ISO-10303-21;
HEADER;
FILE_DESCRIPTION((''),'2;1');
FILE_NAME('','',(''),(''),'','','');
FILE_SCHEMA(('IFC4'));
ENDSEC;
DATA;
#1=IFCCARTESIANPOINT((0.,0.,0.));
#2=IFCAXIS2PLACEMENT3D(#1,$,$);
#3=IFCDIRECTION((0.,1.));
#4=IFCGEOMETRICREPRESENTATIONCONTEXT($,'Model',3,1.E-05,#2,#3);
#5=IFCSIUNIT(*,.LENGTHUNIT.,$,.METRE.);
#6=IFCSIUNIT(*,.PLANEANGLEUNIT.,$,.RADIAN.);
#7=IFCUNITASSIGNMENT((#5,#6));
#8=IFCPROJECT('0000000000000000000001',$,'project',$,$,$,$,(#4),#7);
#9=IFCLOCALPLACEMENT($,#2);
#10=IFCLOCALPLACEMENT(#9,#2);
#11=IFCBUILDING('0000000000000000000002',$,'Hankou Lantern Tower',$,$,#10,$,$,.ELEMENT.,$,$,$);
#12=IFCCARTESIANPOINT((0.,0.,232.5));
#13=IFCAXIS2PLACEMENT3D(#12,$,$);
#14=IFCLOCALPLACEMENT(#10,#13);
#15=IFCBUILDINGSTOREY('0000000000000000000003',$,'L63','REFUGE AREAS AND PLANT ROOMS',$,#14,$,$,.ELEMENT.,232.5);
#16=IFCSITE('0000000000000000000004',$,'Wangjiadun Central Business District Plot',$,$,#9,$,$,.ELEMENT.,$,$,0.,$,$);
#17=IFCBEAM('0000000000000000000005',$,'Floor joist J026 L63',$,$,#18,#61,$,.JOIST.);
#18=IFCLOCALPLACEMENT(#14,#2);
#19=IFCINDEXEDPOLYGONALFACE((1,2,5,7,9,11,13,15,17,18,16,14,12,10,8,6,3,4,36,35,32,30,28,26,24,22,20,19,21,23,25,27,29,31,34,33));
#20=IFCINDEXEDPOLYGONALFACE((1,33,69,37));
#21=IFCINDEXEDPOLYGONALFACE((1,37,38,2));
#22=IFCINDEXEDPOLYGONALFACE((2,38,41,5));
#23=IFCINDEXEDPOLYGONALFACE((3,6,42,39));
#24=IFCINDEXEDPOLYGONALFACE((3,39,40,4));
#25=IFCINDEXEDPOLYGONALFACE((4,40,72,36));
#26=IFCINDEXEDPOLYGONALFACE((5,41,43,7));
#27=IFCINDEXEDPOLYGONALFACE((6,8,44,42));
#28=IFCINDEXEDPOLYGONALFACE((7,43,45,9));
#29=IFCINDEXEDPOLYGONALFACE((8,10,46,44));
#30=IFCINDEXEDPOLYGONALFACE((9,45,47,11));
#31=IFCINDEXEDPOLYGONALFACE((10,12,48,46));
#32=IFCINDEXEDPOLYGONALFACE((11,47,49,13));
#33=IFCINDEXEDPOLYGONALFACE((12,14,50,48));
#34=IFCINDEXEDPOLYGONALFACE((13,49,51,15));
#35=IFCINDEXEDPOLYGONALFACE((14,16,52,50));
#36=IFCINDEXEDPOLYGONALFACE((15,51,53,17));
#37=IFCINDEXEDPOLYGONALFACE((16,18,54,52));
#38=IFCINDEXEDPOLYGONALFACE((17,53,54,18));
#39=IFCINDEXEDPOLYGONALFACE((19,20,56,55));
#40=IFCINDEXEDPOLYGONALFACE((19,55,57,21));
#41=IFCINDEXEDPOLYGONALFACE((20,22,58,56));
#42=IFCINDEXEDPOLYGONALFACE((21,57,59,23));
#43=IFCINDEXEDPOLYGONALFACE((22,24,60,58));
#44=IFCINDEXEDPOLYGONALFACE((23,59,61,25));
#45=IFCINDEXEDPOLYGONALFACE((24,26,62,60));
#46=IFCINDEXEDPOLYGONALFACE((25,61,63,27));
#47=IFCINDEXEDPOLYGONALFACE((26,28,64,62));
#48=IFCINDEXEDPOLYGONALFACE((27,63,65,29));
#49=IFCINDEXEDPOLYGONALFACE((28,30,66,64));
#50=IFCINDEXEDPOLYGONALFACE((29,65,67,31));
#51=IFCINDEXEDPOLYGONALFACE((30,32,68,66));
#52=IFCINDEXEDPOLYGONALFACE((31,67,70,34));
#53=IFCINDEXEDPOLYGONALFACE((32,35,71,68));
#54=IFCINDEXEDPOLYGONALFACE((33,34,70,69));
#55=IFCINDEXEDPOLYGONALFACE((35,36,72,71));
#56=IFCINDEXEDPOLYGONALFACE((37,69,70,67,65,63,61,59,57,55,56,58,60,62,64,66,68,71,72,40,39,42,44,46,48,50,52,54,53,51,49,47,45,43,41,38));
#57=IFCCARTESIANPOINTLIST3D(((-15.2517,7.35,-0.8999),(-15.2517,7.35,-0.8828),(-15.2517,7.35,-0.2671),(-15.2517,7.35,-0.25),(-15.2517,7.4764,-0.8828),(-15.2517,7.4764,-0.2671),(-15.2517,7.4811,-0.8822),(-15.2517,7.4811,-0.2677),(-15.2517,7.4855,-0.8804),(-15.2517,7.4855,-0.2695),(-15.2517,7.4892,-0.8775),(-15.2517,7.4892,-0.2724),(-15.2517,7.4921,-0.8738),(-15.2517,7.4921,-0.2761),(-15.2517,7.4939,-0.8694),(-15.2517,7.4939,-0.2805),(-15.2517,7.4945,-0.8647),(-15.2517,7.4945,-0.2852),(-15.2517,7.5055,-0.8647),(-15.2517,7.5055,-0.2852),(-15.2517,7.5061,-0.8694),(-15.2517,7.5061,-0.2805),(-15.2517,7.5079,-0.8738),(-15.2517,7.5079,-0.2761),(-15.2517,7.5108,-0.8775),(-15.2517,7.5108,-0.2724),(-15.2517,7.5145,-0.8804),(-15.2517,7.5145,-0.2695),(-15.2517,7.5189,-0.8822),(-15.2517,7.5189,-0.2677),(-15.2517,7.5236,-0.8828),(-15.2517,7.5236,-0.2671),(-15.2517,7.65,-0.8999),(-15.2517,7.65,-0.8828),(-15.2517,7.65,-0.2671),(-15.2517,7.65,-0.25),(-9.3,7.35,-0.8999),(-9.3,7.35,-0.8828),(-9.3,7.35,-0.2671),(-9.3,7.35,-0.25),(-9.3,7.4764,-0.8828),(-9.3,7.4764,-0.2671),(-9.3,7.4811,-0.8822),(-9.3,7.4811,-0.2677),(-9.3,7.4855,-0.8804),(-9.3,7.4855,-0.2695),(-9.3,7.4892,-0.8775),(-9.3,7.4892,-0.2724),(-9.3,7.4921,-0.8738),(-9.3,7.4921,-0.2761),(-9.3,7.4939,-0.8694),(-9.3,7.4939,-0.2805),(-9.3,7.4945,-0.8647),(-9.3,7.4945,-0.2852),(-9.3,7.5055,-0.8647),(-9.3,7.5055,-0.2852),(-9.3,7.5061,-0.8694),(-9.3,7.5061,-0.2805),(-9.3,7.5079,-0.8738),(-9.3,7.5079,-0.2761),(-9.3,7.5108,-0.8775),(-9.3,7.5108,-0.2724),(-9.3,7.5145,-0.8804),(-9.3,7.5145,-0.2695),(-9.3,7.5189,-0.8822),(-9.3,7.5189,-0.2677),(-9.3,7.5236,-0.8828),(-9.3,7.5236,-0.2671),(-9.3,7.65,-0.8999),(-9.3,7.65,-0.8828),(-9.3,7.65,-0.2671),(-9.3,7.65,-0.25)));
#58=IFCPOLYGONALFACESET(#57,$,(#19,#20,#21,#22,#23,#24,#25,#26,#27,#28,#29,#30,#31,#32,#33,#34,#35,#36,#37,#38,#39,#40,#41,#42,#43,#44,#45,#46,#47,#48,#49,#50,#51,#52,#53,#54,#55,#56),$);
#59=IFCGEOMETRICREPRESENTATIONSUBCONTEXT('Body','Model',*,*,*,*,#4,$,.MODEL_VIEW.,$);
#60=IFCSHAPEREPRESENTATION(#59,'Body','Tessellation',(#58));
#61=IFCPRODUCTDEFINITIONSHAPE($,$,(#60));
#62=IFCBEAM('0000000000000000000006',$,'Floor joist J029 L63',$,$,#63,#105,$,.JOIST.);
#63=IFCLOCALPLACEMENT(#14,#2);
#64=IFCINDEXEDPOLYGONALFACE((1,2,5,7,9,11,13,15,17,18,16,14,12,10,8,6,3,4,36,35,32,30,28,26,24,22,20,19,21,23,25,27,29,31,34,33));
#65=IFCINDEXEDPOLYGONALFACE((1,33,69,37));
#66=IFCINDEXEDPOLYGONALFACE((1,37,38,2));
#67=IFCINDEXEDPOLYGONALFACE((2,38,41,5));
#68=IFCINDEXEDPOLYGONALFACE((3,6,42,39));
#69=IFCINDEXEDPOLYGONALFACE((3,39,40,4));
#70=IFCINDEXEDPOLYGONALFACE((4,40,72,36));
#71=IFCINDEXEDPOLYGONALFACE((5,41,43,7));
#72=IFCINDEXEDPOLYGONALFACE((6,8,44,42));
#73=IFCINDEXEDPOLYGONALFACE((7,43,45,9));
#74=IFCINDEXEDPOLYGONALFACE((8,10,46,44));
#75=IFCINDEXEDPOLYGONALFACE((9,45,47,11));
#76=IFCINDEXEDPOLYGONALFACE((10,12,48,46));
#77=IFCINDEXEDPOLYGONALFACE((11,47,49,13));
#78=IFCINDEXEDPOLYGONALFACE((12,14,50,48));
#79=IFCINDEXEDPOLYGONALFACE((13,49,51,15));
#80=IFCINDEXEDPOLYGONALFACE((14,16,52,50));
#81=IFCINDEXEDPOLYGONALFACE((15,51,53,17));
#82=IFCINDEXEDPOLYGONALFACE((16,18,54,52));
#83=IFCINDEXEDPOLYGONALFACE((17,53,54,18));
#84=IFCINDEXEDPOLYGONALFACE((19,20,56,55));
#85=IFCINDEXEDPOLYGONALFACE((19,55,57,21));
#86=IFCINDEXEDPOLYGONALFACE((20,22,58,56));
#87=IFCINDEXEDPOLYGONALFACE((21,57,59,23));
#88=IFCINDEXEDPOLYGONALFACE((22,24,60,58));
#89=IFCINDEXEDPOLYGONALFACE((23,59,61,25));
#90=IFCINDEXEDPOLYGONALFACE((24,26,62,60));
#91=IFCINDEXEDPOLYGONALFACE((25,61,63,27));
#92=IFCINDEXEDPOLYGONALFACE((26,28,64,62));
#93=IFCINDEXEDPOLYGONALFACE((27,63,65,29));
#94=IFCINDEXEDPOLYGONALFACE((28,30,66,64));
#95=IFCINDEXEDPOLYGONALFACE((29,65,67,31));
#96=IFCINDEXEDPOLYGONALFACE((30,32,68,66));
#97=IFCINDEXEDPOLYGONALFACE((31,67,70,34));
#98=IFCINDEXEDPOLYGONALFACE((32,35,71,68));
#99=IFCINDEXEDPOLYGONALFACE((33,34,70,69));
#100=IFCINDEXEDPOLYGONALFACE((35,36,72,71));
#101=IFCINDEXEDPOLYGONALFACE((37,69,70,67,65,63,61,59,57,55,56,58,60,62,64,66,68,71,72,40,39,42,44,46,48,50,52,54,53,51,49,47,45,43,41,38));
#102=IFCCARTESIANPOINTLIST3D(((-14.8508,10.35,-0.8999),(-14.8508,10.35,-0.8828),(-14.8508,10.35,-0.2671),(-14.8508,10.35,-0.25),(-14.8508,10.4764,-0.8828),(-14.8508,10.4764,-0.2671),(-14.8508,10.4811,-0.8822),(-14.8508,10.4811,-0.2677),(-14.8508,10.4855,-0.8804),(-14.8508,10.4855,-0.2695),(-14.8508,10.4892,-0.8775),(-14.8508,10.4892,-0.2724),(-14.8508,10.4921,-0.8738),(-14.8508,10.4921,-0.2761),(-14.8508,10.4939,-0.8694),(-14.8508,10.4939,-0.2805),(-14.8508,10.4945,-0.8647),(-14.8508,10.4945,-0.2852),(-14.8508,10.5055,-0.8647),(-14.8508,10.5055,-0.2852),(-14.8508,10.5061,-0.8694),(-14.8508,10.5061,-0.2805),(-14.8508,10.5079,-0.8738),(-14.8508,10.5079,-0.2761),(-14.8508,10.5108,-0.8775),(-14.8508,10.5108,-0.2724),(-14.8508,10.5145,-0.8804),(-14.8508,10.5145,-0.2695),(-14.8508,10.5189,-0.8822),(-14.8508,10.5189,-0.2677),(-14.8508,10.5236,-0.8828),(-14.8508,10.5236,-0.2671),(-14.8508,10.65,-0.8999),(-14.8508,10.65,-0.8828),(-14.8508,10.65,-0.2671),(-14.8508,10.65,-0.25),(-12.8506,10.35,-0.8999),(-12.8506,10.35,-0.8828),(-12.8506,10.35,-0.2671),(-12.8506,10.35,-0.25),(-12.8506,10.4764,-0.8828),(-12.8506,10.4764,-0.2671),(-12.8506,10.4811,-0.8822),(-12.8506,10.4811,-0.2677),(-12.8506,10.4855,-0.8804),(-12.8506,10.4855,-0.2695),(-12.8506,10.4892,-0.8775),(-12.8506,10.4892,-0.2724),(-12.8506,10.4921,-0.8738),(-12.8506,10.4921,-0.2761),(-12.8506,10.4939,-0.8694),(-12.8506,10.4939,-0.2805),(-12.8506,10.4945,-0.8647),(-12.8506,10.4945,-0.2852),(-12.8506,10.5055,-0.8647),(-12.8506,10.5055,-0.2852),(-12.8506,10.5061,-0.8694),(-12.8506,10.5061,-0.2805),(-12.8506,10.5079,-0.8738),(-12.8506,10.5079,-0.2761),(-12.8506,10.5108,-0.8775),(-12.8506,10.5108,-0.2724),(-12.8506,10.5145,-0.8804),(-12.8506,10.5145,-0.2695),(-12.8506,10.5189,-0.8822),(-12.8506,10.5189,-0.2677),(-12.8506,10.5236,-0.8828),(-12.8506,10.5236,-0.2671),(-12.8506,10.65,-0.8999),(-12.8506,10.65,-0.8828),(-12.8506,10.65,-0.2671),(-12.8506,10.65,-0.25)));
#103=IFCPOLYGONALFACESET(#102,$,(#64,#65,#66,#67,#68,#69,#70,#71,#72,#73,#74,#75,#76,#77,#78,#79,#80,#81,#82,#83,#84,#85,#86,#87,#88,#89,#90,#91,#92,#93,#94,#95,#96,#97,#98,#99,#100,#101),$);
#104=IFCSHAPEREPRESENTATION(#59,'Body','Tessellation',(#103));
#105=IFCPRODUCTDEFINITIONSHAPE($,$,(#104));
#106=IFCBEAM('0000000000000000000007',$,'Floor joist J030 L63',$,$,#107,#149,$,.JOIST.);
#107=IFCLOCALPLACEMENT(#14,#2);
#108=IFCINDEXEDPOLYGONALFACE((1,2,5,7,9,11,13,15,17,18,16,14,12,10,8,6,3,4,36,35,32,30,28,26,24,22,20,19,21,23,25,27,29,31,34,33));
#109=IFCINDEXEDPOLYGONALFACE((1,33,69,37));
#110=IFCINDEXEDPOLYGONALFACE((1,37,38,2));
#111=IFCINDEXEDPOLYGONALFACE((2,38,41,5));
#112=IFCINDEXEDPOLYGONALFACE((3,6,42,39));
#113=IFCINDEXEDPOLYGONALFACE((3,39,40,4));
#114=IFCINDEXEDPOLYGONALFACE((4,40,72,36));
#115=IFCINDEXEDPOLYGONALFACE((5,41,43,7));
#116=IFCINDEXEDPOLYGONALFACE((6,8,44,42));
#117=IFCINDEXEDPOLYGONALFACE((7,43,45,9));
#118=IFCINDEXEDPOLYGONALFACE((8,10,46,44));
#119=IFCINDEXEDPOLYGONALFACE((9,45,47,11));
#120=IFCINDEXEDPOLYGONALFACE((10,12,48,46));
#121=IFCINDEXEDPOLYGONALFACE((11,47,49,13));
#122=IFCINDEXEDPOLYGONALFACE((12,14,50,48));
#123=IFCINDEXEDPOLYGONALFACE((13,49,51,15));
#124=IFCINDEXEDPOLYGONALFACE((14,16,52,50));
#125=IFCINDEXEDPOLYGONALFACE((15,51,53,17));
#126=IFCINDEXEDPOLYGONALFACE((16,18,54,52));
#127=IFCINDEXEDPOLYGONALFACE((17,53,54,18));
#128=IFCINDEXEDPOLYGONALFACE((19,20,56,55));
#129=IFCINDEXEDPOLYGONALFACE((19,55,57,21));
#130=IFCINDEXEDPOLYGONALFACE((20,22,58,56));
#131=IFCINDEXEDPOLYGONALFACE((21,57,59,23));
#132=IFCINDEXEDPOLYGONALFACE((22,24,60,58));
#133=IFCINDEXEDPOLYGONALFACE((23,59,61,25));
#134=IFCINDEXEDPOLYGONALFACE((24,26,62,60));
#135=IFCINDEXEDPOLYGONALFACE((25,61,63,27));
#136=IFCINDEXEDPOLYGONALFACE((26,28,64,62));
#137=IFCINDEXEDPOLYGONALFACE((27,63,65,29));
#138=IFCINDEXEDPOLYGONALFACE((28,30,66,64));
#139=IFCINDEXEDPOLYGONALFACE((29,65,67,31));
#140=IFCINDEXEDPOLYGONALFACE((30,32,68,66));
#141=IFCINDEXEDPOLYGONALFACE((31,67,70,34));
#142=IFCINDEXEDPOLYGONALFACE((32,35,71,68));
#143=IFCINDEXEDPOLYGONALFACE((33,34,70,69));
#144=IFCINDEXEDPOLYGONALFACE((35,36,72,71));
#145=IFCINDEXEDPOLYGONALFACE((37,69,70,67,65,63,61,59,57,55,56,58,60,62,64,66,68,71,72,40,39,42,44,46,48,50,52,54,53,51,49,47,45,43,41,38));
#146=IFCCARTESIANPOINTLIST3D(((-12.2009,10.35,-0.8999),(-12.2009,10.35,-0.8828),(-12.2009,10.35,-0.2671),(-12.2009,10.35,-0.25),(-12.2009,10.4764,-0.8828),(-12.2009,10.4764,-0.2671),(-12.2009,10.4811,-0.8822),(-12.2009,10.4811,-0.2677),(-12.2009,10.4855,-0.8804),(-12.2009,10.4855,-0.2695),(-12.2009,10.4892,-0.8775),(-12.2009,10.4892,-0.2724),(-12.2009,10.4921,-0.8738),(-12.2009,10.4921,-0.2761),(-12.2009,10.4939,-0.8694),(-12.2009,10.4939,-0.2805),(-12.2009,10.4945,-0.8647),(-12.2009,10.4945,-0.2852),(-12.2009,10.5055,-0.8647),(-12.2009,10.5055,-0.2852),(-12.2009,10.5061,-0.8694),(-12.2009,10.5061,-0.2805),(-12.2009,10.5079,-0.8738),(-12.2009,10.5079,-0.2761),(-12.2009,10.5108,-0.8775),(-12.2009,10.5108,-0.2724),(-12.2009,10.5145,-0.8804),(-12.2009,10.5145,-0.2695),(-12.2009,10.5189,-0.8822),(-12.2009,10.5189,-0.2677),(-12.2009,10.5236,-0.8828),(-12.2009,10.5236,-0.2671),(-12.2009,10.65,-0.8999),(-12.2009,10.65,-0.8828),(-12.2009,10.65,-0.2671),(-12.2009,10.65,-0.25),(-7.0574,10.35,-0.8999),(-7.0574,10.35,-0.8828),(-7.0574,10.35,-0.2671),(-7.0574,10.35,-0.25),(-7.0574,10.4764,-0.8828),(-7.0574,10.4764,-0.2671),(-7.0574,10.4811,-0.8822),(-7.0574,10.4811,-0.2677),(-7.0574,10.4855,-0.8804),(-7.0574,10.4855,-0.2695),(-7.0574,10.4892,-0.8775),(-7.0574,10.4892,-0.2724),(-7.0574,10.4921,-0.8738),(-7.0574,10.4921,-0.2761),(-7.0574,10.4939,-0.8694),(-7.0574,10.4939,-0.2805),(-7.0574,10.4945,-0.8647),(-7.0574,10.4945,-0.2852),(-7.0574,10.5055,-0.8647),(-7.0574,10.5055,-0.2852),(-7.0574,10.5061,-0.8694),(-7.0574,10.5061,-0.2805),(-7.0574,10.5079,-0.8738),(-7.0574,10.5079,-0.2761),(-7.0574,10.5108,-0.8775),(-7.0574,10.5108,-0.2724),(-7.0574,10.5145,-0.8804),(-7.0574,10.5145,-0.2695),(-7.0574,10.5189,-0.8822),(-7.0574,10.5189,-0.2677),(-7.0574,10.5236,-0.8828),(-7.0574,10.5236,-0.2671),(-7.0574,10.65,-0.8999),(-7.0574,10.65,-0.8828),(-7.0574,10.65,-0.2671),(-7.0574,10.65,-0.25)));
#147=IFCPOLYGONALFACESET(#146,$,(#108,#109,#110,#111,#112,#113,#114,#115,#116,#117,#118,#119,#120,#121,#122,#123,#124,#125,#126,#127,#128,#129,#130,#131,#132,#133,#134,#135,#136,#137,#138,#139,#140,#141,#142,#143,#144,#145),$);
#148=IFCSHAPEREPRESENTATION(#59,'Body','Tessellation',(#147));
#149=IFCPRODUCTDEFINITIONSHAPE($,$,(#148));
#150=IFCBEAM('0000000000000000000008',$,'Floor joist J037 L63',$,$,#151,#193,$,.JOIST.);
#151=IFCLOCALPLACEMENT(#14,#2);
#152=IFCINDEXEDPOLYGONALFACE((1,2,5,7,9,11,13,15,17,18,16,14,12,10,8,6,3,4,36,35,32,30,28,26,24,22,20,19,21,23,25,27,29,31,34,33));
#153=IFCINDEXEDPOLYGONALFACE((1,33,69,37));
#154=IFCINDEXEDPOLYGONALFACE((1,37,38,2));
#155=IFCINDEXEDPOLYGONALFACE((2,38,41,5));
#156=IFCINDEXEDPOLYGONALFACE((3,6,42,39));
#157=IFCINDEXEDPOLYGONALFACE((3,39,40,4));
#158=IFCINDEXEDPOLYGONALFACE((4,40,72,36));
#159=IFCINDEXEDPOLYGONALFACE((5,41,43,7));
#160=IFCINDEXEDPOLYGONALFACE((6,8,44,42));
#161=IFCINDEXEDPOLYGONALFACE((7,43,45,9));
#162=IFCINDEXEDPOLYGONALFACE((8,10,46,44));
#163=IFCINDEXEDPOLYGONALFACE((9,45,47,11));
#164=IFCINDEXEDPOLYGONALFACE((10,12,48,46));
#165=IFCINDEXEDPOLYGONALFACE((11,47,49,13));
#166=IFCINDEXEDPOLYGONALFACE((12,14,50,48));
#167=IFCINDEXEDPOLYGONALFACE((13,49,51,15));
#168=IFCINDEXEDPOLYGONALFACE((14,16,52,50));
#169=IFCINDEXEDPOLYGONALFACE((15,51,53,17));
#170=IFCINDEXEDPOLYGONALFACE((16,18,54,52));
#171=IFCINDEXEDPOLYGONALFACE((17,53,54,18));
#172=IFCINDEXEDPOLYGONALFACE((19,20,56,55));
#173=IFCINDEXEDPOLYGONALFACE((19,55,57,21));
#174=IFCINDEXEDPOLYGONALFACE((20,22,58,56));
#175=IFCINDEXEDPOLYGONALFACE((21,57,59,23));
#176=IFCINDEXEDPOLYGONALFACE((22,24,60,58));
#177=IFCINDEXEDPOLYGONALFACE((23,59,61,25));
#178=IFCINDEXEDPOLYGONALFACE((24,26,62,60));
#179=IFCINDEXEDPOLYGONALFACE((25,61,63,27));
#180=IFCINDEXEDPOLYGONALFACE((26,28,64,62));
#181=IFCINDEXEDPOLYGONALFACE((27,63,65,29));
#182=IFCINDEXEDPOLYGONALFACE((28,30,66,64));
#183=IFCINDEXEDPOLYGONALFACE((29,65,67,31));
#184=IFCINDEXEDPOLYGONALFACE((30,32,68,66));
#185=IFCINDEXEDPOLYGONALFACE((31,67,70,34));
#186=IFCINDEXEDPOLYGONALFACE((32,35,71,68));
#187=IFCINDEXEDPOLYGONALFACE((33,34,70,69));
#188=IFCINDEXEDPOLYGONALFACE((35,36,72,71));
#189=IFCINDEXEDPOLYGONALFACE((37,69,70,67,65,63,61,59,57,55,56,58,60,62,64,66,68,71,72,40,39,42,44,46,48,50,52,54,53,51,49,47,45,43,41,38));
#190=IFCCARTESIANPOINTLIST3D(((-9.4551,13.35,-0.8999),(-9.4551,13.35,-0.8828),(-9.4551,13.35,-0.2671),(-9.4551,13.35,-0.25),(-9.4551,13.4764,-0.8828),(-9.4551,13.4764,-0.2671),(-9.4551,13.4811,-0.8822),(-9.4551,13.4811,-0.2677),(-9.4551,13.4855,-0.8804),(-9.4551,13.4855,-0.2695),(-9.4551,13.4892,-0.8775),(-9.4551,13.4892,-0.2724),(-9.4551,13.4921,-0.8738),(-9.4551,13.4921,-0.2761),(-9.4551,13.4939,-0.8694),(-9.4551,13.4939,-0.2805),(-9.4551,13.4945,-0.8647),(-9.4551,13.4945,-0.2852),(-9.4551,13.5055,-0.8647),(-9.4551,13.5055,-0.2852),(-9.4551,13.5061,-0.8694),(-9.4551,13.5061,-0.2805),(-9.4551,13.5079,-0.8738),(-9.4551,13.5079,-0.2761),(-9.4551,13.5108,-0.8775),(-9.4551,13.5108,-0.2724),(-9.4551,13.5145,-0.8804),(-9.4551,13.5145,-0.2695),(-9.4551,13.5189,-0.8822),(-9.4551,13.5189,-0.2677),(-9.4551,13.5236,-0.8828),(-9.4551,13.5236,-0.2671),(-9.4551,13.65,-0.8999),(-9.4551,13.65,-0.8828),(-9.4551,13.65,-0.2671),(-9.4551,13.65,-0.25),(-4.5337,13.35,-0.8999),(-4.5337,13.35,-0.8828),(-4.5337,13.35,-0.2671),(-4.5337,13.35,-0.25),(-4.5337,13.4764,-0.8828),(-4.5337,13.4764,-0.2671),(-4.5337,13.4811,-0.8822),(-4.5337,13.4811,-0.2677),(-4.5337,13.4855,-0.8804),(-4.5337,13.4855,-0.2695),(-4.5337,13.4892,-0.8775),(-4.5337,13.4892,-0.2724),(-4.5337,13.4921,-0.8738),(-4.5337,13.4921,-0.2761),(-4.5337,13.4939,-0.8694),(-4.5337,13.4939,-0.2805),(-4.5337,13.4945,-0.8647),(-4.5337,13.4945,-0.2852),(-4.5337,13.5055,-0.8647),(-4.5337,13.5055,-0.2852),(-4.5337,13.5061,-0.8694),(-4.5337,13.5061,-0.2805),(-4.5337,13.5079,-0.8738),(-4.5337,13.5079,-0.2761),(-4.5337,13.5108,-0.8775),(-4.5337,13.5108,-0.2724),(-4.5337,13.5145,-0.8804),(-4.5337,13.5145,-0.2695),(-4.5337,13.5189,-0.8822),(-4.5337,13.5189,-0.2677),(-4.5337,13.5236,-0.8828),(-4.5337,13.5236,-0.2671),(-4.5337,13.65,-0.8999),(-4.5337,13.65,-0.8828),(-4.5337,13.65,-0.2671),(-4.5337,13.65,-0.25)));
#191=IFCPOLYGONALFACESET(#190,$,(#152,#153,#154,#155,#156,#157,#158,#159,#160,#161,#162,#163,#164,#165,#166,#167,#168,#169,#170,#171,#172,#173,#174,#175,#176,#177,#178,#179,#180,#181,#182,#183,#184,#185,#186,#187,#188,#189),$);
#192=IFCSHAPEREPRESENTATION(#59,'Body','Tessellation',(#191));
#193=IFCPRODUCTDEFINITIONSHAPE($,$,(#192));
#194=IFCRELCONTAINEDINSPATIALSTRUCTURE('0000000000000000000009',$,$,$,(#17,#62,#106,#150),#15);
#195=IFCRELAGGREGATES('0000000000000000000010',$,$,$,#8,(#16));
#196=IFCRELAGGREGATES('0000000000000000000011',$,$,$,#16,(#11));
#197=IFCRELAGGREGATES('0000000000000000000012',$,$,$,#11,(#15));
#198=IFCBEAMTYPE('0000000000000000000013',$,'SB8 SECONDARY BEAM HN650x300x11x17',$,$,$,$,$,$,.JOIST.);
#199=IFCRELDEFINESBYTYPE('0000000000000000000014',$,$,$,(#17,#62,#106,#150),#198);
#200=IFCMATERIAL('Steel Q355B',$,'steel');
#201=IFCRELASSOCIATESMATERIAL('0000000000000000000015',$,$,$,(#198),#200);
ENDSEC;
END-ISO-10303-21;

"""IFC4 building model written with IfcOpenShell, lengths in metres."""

from ifc_helpers import new_model, si_unit, direction, frame, origin, origin_2d, place, context, subcontext, project, spatial, i_section, extrude, material, material_profile, profile_set, type_object, element, save


model = new_model("IFC4")

# Units and contexts
model_context = context("Model", 3, precision=1e-05, world=origin(), true_north=direction((0.0, 1.0)))
body_context = subcontext(model_context, "Body", "Model", "MODEL_VIEW")
ifc_project = project(units=[si_unit("LENGTHUNIT", "METRE"), si_unit("PLANEANGLEUNIT", "RADIAN")], contexts=[model_context])

# Site, building, storey
site_placement = place(None, origin())
site = spatial("IfcSite", under=ifc_project, at=site_placement, Name="Wangjiadun Central Business District Plot", CompositionType="ELEMENT", RefElevation=0.0)
building_placement = place(site_placement, origin())
building = spatial("IfcBuilding", under=site, at=building_placement, Name="Hankou Lantern Tower", CompositionType="ELEMENT")
storey_placement = place(building_placement, frame((0.0, 0.0, 232.5)))
storey = spatial("IfcBuildingStorey", under=building, at=storey_placement, Name="L63", Description="REFUGE AREAS AND PLANT ROOMS", CompositionType="ELEMENT", Elevation=232.5)

# Beams
ifc_material_1 = material(Name="Steel Q355B", Category="steel")
ifc_material_profile_1 = material_profile(ifc_material_1, i_section(OverallWidth=0.3, OverallDepth=0.6499, WebThickness=0.011, FlangeThickness=0.0171, FilletRadius=0.0181, at=origin_2d()), Name="HN650x300x11x17")
ifc_profile_set_1 = profile_set([ifc_material_profile_1], Name="Steel Q355B")
beam_type_1 = type_object("IfcBeamType", Name="SB8 SECONDARY BEAM HN650x300x11x17", PredefinedType="JOIST", material=ifc_profile_set_1)
beam_1_placement = place(storey_placement, frame((-15.2517, 7.5, -0.575), z_axis=(1.0, 0.0, 0.0), x_axis=(0.0, 1.0, 0.0)))
element("IfcBeam", 1, at=beam_1_placement, inside=storey, type_object=beam_type_1, Name="Floor joist J026 L63", PredefinedType="JOIST", context=body_context, shape_type="SweptSolid", body=[
    extrude(i_section(OverallWidth=0.3, OverallDepth=0.6499, WebThickness=0.011, FlangeThickness=0.0171, FilletRadius=0.0181, at=origin_2d()), origin(), (0.0, 0.0, 1.0), 5.9517),
])
beam_2_placement = place(storey_placement, frame((-14.8508, 10.5, -0.575), z_axis=(1.0, 0.0, 0.0), x_axis=(0.0, 1.0, 0.0)))
element("IfcBeam", 2, at=beam_2_placement, inside=storey, type_object=beam_type_1, Name="Floor joist J029 L63", PredefinedType="JOIST", context=body_context, shape_type="SweptSolid", body=[
    extrude(i_section(OverallWidth=0.3, OverallDepth=0.6499, WebThickness=0.011, FlangeThickness=0.0171, FilletRadius=0.0181, at=origin_2d()), origin(), (0.0, 0.0, 1.0), 2.0002),
])
beam_3_placement = place(storey_placement, frame((-12.2009, 10.5, -0.575), z_axis=(1.0, 0.0, 0.0), x_axis=(0.0, 1.0, 0.0)))
element("IfcBeam", 3, at=beam_3_placement, inside=storey, type_object=beam_type_1, Name="Floor joist J030 L63", PredefinedType="JOIST", context=body_context, shape_type="SweptSolid", body=[
    extrude(i_section(OverallWidth=0.3, OverallDepth=0.6499, WebThickness=0.011, FlangeThickness=0.0171, FilletRadius=0.0181, at=origin_2d()), origin(), (0.0, 0.0, 1.0), 5.1436),
])
beam_4_placement = place(storey_placement, frame((-9.4551, 13.5, -0.575), z_axis=(1.0, 0.0, 0.0), x_axis=(0.0, 1.0, 0.0)))
element("IfcBeam", 4, at=beam_4_placement, inside=storey, type_object=beam_type_1, Name="Floor joist J037 L63", PredefinedType="JOIST", context=body_context, shape_type="SweptSolid", body=[
    extrude(i_section(OverallWidth=0.3, OverallDepth=0.6499, WebThickness=0.011, FlangeThickness=0.0171, FilletRadius=0.0181, at=origin_2d()), origin(), (0.0, 0.0, 1.0), 4.9214),
])

save(model, "model.ifc")
